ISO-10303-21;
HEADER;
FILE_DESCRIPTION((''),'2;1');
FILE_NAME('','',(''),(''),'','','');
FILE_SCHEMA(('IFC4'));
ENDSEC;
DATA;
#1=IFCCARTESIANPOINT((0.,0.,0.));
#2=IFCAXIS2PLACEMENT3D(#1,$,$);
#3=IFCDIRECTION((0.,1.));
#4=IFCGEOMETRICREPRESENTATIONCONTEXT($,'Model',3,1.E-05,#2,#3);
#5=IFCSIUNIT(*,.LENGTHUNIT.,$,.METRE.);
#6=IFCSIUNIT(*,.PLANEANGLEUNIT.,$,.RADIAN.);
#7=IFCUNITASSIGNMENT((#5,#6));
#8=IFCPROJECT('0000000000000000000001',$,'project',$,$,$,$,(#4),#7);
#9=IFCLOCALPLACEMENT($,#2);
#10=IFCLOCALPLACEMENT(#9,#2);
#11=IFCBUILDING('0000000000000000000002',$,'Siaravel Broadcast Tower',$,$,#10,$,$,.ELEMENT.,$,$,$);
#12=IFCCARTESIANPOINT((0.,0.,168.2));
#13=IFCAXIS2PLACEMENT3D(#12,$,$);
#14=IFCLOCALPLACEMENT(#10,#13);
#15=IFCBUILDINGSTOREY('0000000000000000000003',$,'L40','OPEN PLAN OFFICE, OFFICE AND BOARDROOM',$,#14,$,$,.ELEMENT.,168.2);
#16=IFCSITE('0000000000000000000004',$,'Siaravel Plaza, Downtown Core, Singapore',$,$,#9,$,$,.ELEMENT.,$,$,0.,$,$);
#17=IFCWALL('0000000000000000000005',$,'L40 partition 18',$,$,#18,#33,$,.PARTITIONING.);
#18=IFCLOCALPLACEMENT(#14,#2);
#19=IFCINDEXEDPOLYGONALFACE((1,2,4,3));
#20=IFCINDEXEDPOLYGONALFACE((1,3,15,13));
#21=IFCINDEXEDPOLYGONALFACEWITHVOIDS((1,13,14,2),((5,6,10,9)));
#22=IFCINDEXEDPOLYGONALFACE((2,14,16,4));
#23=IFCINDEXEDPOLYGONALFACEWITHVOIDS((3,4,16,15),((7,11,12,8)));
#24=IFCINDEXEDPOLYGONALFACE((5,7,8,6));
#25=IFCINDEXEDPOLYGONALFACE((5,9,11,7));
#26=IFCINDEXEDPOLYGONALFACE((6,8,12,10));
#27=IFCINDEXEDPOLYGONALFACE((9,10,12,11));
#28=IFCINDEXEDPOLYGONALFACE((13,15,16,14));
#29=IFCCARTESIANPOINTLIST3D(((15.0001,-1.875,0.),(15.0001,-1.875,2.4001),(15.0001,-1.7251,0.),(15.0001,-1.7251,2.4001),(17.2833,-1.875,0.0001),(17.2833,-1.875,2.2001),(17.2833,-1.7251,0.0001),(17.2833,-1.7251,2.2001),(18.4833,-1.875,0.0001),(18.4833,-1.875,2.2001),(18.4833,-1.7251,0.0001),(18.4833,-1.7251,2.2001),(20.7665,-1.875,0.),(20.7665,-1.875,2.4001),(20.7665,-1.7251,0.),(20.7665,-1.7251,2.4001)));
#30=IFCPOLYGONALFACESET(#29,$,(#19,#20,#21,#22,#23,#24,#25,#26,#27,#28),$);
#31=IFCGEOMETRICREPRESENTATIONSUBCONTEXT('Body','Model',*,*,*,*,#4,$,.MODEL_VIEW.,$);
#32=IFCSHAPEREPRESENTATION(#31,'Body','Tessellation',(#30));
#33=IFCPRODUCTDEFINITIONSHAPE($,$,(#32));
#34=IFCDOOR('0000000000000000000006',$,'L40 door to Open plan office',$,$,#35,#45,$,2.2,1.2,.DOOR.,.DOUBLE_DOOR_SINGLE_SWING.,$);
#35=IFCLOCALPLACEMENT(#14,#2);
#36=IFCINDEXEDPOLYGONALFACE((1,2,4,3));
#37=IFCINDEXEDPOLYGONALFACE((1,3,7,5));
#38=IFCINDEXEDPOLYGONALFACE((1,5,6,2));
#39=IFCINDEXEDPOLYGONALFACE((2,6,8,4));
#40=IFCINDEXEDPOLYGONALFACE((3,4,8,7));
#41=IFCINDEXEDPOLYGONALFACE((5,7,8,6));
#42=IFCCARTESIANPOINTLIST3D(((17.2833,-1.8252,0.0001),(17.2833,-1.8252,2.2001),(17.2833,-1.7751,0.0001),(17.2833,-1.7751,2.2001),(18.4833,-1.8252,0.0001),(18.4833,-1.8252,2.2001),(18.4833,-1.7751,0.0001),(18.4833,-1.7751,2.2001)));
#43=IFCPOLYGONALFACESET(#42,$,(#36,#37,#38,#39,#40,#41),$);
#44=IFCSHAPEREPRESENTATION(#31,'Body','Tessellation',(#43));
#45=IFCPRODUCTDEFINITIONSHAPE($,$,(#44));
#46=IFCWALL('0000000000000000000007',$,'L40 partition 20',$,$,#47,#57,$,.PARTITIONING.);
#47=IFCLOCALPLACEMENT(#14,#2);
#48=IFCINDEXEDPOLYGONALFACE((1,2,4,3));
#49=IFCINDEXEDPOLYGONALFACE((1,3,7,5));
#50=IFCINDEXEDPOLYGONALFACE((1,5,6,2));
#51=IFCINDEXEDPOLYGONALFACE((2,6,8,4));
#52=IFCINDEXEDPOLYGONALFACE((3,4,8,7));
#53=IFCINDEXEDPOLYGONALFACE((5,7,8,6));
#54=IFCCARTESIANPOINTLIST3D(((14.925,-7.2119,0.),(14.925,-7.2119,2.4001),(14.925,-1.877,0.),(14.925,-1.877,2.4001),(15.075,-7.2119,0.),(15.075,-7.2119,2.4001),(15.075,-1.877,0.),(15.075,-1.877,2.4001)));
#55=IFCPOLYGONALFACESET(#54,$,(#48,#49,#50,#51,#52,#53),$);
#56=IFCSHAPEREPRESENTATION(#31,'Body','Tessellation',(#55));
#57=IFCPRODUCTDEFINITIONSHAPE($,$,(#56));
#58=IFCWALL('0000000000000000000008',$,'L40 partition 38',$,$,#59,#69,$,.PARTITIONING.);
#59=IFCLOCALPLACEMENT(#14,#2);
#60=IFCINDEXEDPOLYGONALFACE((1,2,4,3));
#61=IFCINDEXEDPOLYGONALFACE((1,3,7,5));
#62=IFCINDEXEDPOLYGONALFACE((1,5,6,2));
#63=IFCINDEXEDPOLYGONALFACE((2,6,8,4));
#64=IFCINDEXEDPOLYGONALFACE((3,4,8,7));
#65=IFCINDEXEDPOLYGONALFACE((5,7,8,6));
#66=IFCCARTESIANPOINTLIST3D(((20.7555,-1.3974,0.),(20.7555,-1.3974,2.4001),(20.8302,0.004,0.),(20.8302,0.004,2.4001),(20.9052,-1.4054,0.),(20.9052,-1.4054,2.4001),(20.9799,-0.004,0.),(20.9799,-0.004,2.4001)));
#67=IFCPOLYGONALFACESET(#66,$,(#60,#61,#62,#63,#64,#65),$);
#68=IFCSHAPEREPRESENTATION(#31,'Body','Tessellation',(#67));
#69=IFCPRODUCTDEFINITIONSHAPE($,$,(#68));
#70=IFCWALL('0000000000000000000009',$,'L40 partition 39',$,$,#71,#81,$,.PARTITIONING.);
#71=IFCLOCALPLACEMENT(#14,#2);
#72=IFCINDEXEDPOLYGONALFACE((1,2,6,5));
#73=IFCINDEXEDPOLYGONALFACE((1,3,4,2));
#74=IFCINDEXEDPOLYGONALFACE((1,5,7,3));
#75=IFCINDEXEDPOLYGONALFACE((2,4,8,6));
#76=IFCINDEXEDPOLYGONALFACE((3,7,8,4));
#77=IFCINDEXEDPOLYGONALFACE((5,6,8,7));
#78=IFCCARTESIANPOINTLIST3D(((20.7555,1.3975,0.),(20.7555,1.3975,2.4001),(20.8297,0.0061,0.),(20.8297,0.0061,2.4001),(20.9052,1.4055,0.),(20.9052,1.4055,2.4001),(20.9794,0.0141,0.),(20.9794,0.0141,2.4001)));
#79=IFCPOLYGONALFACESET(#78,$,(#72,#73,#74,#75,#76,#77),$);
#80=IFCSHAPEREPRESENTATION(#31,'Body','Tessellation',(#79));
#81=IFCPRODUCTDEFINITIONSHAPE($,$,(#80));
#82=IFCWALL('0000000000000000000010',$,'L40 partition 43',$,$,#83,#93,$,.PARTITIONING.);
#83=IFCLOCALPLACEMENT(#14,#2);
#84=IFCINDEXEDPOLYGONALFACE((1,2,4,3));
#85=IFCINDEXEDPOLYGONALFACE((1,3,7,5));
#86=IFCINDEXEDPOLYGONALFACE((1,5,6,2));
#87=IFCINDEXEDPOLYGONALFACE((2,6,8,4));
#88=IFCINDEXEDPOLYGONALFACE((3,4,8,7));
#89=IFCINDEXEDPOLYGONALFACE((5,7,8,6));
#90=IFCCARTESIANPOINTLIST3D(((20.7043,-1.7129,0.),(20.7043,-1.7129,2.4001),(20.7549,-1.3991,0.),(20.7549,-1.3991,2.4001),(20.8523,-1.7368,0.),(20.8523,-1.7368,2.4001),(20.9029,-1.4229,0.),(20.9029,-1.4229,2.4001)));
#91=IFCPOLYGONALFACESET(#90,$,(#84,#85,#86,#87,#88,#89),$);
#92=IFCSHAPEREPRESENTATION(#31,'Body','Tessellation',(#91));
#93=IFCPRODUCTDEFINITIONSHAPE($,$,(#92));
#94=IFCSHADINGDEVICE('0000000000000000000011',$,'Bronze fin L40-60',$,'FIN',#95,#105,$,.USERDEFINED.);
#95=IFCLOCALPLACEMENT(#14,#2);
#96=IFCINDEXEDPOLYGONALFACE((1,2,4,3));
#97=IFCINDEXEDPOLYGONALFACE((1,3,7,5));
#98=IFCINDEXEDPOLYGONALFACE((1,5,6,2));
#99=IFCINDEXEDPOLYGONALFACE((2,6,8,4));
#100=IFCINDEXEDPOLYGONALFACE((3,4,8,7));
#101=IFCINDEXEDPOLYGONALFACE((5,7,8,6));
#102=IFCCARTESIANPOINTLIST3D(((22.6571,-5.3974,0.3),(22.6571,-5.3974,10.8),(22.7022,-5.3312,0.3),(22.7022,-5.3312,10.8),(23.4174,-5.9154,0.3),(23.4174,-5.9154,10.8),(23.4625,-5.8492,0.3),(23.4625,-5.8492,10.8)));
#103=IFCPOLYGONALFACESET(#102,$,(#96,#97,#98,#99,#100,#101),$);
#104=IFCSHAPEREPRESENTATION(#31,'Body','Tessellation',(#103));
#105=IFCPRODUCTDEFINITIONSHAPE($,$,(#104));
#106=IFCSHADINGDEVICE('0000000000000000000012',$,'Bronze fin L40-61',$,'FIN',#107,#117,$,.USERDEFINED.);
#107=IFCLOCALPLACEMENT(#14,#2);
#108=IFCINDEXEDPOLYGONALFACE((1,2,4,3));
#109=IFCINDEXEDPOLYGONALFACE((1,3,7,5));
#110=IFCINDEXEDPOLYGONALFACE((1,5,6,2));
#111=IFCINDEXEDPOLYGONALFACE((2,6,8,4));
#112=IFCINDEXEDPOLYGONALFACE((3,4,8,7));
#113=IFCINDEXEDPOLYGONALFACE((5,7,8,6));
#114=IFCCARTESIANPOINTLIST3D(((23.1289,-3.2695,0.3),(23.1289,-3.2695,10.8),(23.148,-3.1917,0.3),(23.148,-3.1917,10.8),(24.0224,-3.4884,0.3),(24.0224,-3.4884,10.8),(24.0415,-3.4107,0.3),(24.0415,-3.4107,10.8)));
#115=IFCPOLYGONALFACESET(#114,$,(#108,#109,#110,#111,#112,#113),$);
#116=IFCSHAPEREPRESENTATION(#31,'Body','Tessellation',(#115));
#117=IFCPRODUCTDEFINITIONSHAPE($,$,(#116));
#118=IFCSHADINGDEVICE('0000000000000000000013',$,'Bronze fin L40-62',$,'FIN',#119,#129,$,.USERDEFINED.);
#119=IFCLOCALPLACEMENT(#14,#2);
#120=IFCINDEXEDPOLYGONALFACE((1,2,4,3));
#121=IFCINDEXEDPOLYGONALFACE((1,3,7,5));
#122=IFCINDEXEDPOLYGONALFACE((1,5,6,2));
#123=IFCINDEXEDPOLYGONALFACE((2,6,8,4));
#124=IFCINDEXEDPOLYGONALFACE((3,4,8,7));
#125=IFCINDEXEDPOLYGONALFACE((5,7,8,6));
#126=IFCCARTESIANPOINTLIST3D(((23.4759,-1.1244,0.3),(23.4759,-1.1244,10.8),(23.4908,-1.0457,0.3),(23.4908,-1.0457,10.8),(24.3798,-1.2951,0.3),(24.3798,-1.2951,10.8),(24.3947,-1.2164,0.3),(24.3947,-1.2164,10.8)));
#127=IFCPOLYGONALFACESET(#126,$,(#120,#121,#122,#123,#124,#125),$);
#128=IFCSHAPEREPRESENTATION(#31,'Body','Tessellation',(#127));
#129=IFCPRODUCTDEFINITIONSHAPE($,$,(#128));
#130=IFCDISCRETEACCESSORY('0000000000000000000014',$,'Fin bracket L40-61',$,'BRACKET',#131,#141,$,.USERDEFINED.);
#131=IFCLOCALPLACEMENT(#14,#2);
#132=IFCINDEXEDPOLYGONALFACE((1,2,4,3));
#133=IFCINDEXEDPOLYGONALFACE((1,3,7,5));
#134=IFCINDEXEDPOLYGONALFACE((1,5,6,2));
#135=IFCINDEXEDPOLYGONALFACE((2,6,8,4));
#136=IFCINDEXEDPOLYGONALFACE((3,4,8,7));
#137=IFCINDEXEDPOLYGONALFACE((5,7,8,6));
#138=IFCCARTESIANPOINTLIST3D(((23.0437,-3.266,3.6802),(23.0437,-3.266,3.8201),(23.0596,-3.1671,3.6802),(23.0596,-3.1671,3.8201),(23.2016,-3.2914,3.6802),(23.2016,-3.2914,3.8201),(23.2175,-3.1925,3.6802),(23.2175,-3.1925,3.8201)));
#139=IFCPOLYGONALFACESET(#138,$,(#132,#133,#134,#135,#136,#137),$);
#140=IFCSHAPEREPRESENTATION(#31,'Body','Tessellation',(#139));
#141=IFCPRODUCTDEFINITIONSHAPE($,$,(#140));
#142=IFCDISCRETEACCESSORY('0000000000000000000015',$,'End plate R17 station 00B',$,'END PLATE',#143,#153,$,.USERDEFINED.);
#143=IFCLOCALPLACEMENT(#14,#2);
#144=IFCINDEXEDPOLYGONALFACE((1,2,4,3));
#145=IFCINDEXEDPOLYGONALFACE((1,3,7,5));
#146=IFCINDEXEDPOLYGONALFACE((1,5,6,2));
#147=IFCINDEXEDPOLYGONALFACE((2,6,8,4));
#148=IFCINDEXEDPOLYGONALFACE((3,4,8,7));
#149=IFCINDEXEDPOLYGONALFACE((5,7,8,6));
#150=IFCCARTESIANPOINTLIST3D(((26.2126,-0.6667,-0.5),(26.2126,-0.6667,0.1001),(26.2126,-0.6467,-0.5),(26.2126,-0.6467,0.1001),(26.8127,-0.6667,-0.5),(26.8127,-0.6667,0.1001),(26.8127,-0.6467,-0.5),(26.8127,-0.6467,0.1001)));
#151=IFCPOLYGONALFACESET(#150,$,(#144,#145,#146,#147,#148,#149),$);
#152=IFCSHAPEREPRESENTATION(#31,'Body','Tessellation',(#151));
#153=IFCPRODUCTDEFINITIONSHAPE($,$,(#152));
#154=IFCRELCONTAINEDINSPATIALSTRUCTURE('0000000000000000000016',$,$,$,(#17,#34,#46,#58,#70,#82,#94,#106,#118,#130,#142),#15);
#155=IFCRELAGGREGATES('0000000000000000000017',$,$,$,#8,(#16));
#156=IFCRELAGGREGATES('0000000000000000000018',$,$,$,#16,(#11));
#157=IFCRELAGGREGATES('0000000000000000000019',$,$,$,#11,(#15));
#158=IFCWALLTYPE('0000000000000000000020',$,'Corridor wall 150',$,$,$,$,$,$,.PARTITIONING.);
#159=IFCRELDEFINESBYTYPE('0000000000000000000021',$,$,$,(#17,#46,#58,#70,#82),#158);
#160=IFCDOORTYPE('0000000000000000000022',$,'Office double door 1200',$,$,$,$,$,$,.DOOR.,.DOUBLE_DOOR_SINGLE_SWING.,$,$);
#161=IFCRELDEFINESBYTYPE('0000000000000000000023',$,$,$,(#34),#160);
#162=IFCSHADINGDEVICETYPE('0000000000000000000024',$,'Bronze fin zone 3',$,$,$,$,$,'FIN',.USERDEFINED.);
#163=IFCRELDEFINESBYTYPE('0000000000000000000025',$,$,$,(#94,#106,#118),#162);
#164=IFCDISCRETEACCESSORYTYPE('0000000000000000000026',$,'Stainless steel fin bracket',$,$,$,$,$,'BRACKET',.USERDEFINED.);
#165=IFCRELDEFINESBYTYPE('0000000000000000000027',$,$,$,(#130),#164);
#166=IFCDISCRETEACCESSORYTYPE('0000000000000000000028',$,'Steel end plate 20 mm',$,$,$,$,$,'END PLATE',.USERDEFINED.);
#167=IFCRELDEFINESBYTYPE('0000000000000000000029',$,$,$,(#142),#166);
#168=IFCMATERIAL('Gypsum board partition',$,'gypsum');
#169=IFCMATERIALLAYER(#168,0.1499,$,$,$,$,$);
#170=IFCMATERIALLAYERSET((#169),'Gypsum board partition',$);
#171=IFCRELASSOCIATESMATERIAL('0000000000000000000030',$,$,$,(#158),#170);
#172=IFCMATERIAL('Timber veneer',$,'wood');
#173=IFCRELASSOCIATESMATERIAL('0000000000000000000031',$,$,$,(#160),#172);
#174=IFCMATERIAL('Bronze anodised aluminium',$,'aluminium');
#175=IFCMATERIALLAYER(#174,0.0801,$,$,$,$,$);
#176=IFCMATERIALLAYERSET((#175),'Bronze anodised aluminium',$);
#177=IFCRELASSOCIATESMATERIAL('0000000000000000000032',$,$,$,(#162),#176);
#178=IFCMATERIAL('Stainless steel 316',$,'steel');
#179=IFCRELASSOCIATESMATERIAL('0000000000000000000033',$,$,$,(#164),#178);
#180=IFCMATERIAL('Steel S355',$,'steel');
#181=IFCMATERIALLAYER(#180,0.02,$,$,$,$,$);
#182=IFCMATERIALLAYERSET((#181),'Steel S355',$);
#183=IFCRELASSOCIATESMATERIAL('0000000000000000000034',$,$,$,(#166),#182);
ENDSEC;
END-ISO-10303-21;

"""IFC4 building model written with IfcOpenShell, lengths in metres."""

from ifc_helpers import new_model, si_unit, direction, frame, frame_2d, origin, origin_2d, place, context, subcontext, project, spatial, rectangle, extrude, material, layer, layer_set, type_object, element, fill, save


model = new_model("IFC4")

# Units and contexts
model_context = context("Model", 3, precision=1e-05, world=origin(), true_north=direction((0.0, 1.0)))
body_context = subcontext(model_context, "Body", "Model", "MODEL_VIEW")
ifc_project = project(units=[si_unit("LENGTHUNIT", "METRE"), si_unit("PLANEANGLEUNIT", "RADIAN")], contexts=[model_context])

# Site, building, storey
site_placement = place(None, origin())
site = spatial("IfcSite", under=ifc_project, at=site_placement, Name="Siaravel Plaza, Downtown Core, Singapore", CompositionType="ELEMENT", RefElevation=0.0)
building_placement = place(site_placement, origin())
building = spatial("IfcBuilding", under=site, at=building_placement, Name="Siaravel Broadcast Tower", CompositionType="ELEMENT")
storey_placement = place(building_placement, frame((0.0, 0.0, 168.2)))
storey = spatial("IfcBuildingStorey", under=building, at=storey_placement, Name="L40", Description="OPEN PLAN OFFICE, OFFICE AND BOARDROOM", CompositionType="ELEMENT", Elevation=168.2)

# Shared definitions
ifc_material_1 = material(Name="Steel S355", Category="steel")

# Wall, opening, door
ifc_material_2 = material(Name="Gypsum board partition", Category="gypsum")
ifc_layer_1 = layer(ifc_material_2, 0.1499)
ifc_layer_set_1 = layer_set([ifc_layer_1], Name="Gypsum board partition")
wall_type = type_object("IfcWallType", Name="Corridor wall 150", PredefinedType="PARTITIONING", material=ifc_layer_set_1)
wall_1_placement = place(storey_placement, frame((15.0, -1.8, 0.0), z_axis=(0.0, 0.0, 1.0), x_axis=(1.0, 0.0, 0.0)))
wall_1 = element("IfcWall", 1, at=wall_1_placement, inside=storey, type_object=wall_type, Name="L40 partition 18", PredefinedType="PARTITIONING", context=body_context, shape_type="SweptSolid", body=[
    extrude(rectangle(XDim=5.7664, YDim=0.1499, at=frame_2d((2.8833, 0.0))), origin(), (0.0, 0.0, 1.0), 2.4001),
])
opening_placement = place(wall_1_placement, frame((2.2832, 0.0, 0.0)))
opening = element("IfcOpeningElement", 2, at=opening_placement, cuts=wall_1, PredefinedType="OPENING", context=body_context, shape_type="SweptSolid", body=[
    extrude(rectangle(XDim=1.2, YDim=2.2, at=frame_2d((0.6001, 1.1001))), frame((0.0, 0.085, 0.0), z_axis=(0.0, -1.0, 0.0), x_axis=(1.0, 0.0, 0.0)), (0.0, 0.0, 1.0), 0.1699),
])
ifc_material_3 = material(Name="Timber veneer", Category="wood")
door_type = type_object("IfcDoorType", Name="Office double door 1200", OperationType="DOUBLE_DOOR_SINGLE_SWING", PredefinedType="DOOR", material=ifc_material_3)
door_placement = place(opening_placement, origin())
door = element("IfcDoor", 3, at=door_placement, inside=storey, type_object=door_type, Name="L40 door to Open plan office", OperationType="DOUBLE_DOOR_SINGLE_SWING", OverallHeight=2.2, OverallWidth=1.2, PredefinedType="DOOR", context=body_context, shape_type="SweptSolid", body=[
    extrude(rectangle(XDim=1.2, YDim=2.2, at=frame_2d((0.6001, 1.1001))), frame((0.0, 0.0249, 0.0), z_axis=(0.0, -1.0, 0.0), x_axis=(1.0, 0.0, 0.0)), (0.0, 0.0, 1.0), 0.05),
])
fill(opening, door)

# Walls
wall_2_placement = place(storey_placement, frame((15.0, -7.2119, 0.0), z_axis=(0.0, 0.0, 1.0), x_axis=(0.0, 1.0, 0.0)))
element("IfcWall", 4, at=wall_2_placement, inside=storey, type_object=wall_type, Name="L40 partition 20", PredefinedType="PARTITIONING", context=body_context, shape_type="SweptSolid", body=[
    extrude(rectangle(XDim=5.335, YDim=0.1499, at=frame_2d((2.6675, 0.0))), origin(), (0.0, 0.0, 1.0), 2.4001),
])
wall_3_placement = place(storey_placement, frame((20.8303, -1.4014, 0.0), z_axis=(0.0, 0.0, 1.0), x_axis=(0.053235, 0.998582, 0.0)))
element("IfcWall", 5, at=wall_3_placement, inside=storey, type_object=wall_type, Name="L40 partition 38", PredefinedType="PARTITIONING", context=body_context, shape_type="SweptSolid", body=[
    extrude(rectangle(XDim=1.4033, YDim=0.1499, at=frame_2d((0.7017, 0.0))), origin(), (0.0, 0.0, 1.0), 2.4001),
])
wall_4_placement = place(storey_placement, frame((20.9045, 0.01, 0.0), z_axis=(0.0, 0.0, 1.0), x_axis=(-0.053267, 0.99858, 0.0)))
element("IfcWall", 6, at=wall_4_placement, inside=storey, type_object=wall_type, Name="L40 partition 39", PredefinedType="PARTITIONING", context=body_context, shape_type="SweptSolid", body=[
    extrude(rectangle(XDim=1.3933, YDim=0.1499, at=frame_2d((0.6968, 0.0))), origin(), (0.0, 0.0, 1.0), 2.4001),
])
wall_5_placement = place(storey_placement, frame((20.7783, -1.7249, 0.0), z_axis=(0.0, 0.0, 1.0), x_axis=(0.159039, 0.987272, 0.0)))
element("IfcWall", 7, at=wall_5_placement, inside=storey, type_object=wall_type, Name="L40 partition 43", PredefinedType="PARTITIONING", context=body_context, shape_type="SweptSolid", body=[
    extrude(rectangle(XDim=0.3179, YDim=0.1499, at=frame_2d((0.1589, 0.0))), origin(), (0.0, 0.0, 1.0), 2.4001),
])

# Shading devices
ifc_material_4 = material(Name="Bronze anodised aluminium", Category="aluminium")
ifc_layer_2 = layer(ifc_material_4, 0.0801)
ifc_layer_set_2 = layer_set([ifc_layer_2], Name="Bronze anodised aluminium")
shading_device_type = type_object("IfcShadingDeviceType", Name="Bronze fin zone 3", ElementType="FIN", PredefinedType="USERDEFINED", material=ifc_layer_set_2)
for number, where, z_axis, x_axis, name in (
    (8, (23.0598, -5.6233, 0.3), (0.0, 0.0, 1.0), (0.826438, -0.563027, 0.0), "Bronze fin L40-60"),
    (9, (23.5852, -3.3401, 0.3), (0.0, 0.0, 1.0), (0.971274, -0.237962, 0.0), "Bronze fin L40-61"),
    (10, (23.9353, -1.1704, 0.3), (0.0, 0.0, 1.0), (0.982637, -0.185536, 0.0), "Bronze fin L40-62"),
):
    element("IfcShadingDevice", number, at=place(storey_placement, frame(where, z_axis=z_axis, x_axis=x_axis)), inside=storey, type_object=shading_device_type, Name=name, ObjectType="FIN", PredefinedType="USERDEFINED", context=body_context, shape_type="SweptSolid", body=[
        extrude(rectangle(XDim=0.9199, YDim=0.0801, at=origin_2d()), origin(), (0.0, 0.0, 1.0), 10.5),
    ])

# Discrete accessories
ifc_material_5 = material(Name="Stainless steel 316", Category="steel")
discrete_accessory_type_1 = type_object("IfcDiscreteAccessoryType", Name="Stainless steel fin bracket", ElementType="BRACKET", PredefinedType="USERDEFINED", material=ifc_material_5)
discrete_accessory_1_placement = place(storey_placement, frame((23.1306, -3.2292, 3.6802), z_axis=(0.0, 0.0, 1.0), x_axis=(0.987329, -0.158685, 0.0)))
element("IfcDiscreteAccessory", 11, at=discrete_accessory_1_placement, inside=storey, type_object=discrete_accessory_type_1, Name="Fin bracket L40-61", ObjectType="BRACKET", PredefinedType="USERDEFINED", context=body_context, shape_type="SweptSolid", body=[
    extrude(rectangle(XDim=0.1599, YDim=0.1001, at=origin_2d()), origin(), (0.0, 0.0, 1.0), 0.1399),
])
ifc_layer_3 = layer(ifc_material_1, 0.02)
ifc_layer_set_3 = layer_set([ifc_layer_3], Name="Steel S355")
discrete_accessory_type_2 = type_object("IfcDiscreteAccessoryType", Name="Steel end plate 20 mm", ElementType="END PLATE", PredefinedType="USERDEFINED", material=ifc_layer_set_3)
discrete_accessory_2_placement = place(storey_placement, frame((26.5127, -0.6567, -0.5), z_axis=(0.0, 0.0, 1.0), x_axis=(0.0, 1.0, 0.0)))
element("IfcDiscreteAccessory", 12, at=discrete_accessory_2_placement, inside=storey, type_object=discrete_accessory_type_2, Name="End plate R17 station 00B", ObjectType="END PLATE", PredefinedType="USERDEFINED", context=body_context, shape_type="SweptSolid", body=[
    extrude(rectangle(XDim=0.02, YDim=0.6001, at=origin_2d()), origin(), (0.0, 0.0, 1.0), 0.6001),
])

save(model, "model.ifc")
